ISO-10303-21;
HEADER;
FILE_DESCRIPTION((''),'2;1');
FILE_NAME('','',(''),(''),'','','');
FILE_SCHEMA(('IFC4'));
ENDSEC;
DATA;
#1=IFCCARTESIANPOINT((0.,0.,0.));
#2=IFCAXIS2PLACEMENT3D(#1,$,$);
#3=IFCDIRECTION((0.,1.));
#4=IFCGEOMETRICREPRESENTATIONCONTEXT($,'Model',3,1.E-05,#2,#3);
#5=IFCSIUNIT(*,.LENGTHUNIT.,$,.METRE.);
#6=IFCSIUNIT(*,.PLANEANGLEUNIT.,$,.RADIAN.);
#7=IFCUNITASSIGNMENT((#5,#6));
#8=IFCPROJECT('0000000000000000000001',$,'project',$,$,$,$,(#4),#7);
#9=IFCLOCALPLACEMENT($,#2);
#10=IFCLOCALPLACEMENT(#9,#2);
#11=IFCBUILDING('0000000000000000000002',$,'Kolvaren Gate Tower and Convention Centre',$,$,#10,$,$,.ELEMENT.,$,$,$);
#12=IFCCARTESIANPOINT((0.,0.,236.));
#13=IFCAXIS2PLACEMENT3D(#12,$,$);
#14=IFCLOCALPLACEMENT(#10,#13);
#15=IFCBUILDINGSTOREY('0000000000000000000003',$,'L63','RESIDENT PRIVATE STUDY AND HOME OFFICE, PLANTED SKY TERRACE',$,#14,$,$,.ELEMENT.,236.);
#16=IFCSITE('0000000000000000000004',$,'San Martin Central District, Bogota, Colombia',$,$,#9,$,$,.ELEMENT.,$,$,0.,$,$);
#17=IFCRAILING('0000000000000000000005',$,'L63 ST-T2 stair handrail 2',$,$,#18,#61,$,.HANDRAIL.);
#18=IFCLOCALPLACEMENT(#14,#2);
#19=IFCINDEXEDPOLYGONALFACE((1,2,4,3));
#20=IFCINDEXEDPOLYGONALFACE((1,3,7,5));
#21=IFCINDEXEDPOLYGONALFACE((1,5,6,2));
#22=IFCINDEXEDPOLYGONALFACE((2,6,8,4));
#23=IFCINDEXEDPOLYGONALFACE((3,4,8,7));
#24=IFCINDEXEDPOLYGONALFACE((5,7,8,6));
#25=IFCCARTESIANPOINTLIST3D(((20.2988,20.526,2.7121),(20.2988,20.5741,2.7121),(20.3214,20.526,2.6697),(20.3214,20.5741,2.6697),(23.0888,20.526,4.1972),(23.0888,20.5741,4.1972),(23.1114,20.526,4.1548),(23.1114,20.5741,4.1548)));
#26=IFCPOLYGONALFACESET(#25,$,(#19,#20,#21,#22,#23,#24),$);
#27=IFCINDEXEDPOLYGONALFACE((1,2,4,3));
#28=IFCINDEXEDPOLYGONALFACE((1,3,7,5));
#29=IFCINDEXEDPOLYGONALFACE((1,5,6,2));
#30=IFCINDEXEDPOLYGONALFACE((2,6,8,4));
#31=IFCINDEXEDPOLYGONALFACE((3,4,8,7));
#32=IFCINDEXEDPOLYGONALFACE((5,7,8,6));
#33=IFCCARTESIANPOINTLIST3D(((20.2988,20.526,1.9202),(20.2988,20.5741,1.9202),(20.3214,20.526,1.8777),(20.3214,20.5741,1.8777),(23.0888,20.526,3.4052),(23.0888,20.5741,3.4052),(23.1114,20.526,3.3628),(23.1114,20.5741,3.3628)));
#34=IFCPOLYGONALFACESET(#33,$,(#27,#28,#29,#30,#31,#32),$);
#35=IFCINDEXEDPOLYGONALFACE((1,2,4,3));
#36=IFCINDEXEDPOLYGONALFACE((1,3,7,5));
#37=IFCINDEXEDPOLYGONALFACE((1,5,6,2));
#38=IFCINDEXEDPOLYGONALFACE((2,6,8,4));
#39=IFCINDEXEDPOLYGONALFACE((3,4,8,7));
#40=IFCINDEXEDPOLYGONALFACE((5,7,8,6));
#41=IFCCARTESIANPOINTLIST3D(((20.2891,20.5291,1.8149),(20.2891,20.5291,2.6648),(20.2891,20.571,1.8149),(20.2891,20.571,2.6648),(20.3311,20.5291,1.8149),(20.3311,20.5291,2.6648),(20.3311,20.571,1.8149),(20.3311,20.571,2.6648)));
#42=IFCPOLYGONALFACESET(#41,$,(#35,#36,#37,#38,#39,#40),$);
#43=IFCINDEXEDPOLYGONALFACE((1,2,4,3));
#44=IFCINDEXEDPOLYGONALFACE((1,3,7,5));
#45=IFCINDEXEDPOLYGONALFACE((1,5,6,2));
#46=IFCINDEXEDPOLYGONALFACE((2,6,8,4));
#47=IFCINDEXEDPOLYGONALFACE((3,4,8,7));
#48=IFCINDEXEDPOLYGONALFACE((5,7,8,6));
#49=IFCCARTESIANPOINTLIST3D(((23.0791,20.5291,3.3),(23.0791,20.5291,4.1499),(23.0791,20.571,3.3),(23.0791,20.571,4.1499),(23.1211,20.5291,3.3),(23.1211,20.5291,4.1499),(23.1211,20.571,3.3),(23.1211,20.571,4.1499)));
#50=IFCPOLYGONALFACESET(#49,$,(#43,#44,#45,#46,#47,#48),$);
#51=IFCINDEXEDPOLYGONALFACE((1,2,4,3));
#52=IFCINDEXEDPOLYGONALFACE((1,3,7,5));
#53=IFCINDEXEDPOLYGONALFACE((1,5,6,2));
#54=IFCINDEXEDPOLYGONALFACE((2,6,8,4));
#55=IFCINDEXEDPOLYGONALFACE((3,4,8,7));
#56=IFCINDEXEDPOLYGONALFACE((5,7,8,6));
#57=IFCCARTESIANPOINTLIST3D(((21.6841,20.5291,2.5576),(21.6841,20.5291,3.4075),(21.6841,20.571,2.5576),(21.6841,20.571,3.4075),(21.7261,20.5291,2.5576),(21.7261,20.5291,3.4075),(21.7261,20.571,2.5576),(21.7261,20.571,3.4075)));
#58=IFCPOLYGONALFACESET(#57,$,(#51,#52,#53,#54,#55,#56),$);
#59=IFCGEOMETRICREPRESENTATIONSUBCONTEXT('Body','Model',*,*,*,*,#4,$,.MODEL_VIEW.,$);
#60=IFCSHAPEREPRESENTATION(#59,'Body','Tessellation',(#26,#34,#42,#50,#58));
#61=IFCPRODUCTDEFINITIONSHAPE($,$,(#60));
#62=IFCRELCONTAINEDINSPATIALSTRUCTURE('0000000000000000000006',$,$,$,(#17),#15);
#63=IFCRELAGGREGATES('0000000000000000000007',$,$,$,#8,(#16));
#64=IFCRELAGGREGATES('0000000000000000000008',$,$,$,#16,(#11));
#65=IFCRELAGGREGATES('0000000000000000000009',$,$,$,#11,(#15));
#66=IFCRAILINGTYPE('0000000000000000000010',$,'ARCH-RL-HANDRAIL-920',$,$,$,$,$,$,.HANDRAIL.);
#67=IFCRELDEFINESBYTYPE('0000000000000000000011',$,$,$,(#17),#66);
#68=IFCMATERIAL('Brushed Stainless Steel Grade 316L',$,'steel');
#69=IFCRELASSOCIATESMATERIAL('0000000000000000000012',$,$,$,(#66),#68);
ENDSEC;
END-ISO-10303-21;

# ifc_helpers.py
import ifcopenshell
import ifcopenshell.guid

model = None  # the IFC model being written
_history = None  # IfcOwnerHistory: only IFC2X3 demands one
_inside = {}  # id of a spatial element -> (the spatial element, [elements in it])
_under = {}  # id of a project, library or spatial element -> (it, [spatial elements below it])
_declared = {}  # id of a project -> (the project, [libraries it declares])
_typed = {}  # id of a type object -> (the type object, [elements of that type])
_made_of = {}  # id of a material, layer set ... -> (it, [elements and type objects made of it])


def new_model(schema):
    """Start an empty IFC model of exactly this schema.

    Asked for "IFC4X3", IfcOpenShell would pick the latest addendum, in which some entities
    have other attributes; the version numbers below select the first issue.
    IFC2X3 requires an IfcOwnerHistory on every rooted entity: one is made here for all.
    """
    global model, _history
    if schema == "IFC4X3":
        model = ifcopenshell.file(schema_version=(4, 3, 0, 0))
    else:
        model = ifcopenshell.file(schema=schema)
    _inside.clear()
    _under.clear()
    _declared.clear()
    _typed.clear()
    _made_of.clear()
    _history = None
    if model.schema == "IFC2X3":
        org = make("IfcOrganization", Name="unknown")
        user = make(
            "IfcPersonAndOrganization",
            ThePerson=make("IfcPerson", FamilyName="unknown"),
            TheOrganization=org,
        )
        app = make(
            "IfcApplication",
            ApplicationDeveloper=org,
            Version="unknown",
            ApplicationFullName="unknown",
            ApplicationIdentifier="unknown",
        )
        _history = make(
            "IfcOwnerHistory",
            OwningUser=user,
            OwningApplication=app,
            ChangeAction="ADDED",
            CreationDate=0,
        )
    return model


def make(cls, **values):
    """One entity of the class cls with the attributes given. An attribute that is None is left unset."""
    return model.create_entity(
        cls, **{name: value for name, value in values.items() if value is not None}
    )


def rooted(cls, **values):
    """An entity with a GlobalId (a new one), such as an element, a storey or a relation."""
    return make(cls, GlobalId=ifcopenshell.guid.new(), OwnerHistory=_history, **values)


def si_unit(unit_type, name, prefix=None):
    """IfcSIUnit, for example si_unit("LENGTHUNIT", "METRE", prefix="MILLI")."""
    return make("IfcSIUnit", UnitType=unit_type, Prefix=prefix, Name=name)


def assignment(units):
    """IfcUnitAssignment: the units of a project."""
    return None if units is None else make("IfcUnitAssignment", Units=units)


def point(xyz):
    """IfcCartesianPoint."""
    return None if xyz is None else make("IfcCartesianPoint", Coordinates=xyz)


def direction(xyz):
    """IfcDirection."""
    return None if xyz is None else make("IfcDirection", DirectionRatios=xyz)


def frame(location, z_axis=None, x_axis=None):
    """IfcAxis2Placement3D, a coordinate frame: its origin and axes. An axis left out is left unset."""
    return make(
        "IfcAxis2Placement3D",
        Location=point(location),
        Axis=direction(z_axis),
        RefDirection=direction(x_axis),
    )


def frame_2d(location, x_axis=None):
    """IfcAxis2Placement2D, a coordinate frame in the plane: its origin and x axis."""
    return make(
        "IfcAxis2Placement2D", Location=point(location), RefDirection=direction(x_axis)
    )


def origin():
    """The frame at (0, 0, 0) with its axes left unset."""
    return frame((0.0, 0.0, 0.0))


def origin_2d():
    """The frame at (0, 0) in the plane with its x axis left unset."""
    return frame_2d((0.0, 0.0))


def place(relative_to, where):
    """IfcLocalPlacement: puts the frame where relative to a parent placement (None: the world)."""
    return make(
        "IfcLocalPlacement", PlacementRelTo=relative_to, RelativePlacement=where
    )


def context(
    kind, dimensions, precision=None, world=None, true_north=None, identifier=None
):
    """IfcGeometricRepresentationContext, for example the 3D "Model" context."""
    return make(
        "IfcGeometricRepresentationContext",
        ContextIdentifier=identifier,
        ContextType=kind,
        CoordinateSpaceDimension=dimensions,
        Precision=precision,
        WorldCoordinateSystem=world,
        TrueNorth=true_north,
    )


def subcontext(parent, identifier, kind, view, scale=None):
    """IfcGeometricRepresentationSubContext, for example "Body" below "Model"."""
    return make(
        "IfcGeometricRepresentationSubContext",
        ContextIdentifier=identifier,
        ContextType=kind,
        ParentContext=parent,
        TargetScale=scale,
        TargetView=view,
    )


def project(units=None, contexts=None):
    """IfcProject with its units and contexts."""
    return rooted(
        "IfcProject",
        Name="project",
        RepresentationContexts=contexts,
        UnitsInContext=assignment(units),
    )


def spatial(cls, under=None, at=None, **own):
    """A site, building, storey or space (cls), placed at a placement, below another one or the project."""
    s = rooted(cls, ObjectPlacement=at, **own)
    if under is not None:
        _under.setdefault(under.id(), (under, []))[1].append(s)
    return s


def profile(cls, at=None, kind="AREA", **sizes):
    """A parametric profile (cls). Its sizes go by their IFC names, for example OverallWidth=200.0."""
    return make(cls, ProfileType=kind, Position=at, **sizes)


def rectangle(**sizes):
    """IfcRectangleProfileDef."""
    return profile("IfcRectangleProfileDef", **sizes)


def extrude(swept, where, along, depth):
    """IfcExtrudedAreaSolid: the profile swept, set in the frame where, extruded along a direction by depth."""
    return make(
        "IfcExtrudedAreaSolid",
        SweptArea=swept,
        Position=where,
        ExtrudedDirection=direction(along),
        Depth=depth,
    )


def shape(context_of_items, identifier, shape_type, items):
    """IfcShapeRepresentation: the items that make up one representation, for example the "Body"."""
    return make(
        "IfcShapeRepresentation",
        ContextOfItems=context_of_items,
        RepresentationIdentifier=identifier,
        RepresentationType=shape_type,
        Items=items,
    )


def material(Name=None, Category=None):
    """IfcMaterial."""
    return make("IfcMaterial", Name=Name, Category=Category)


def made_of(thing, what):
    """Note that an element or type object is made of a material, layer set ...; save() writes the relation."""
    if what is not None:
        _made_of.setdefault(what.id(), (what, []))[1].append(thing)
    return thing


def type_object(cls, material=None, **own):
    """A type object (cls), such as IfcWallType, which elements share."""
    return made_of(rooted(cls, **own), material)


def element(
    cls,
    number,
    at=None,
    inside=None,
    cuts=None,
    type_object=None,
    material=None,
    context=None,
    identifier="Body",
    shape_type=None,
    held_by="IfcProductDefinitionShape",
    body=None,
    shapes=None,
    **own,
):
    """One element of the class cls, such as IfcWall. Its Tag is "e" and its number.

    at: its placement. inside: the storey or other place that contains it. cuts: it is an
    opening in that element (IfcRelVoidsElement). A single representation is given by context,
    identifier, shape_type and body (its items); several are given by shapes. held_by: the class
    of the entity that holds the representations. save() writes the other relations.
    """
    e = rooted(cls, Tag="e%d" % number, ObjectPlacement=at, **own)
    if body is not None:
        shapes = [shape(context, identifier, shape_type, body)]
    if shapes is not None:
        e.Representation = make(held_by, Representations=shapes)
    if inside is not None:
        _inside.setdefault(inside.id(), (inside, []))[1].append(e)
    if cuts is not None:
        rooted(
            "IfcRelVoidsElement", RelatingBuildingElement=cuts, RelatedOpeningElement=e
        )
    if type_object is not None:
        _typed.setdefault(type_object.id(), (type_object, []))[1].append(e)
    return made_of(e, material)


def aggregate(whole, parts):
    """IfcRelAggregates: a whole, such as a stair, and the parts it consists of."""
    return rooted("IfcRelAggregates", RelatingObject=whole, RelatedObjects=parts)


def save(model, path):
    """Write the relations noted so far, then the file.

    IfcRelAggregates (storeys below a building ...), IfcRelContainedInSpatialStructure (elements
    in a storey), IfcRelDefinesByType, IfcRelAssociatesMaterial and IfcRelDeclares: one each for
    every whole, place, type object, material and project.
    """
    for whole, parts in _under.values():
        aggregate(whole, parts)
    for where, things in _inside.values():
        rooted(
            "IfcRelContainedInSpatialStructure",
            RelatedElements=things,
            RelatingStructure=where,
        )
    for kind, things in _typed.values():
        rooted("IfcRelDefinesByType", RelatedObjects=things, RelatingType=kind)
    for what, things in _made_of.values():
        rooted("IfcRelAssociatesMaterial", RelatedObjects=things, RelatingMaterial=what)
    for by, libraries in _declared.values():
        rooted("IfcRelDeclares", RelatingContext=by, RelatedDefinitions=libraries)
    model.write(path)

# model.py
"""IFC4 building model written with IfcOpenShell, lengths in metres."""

from ifc_helpers import new_model, si_unit, direction, frame, origin, origin_2d, place, context, subcontext, project, spatial, rectangle, extrude, material, type_object, element, save


model = new_model("IFC4")

# Units and contexts
model_context = context("Model", 3, precision=1e-05, world=origin(), true_north=direction((0.0, 1.0)))
body_context = subcontext(model_context, "Body", "Model", "MODEL_VIEW")
ifc_project = project(units=[si_unit("LENGTHUNIT", "METRE"), si_unit("PLANEANGLEUNIT", "RADIAN")], contexts=[model_context])

# Site, building, storey
site_placement = place(None, origin())
site = spatial("IfcSite", under=ifc_project, at=site_placement, Name="San Martin Central District, Bogota, Colombia", CompositionType="ELEMENT", RefElevation=0.0)
building_placement = place(site_placement, origin())
building = spatial("IfcBuilding", under=site, at=building_placement, Name="Kolvaren Gate Tower and Convention Centre", CompositionType="ELEMENT")
storey_placement = place(building_placement, frame((0.0, 0.0, 236.0)))
storey = spatial("IfcBuildingStorey", under=building, at=storey_placement, Name="L63", Description="RESIDENT PRIVATE STUDY AND HOME OFFICE, PLANTED SKY TERRACE", CompositionType="ELEMENT", Elevation=236.0)

# Shared definitions
ifc_material_1 = material(Name="Brushed Stainless Steel Grade 316L", Category="steel")

# Railing
railing_type_1 = type_object("IfcRailingType", Name="ARCH-RL-HANDRAIL-920", PredefinedType="HANDRAIL", material=ifc_material_1)
railing_1_placement = place(storey_placement, frame((20.3101, 20.55, 1.8149)))
element("IfcRailing", 1, at=railing_1_placement, inside=storey, type_object=railing_type_1, Name="L63 ST-T2 stair handrail 2", PredefinedType="HANDRAIL", context=body_context, shape_type="SweptSolid", body=[
    extrude(rectangle(XDim=0.0481, YDim=0.0481, at=origin_2d()), frame((0.0, 0.0, 0.876), z_axis=(0.882735, 0.0, 0.46987), x_axis=(0.0, 1.0, 0.0)), (0.0, 0.0, 1.0), 3.1606),
    extrude(rectangle(XDim=0.0481, YDim=0.0481, at=origin_2d()), frame((0.0, 0.0, 0.084), z_axis=(0.882735, 0.0, 0.46987), x_axis=(0.0, 1.0, 0.0)), (0.0, 0.0, 1.0), 3.1606),
    extrude(rectangle(XDim=0.042, YDim=0.042, at=origin_2d()), origin(), (0.0, 0.0, 1.0), 0.8499),
    extrude(rectangle(XDim=0.042, YDim=0.042, at=origin_2d()), frame((2.79, 0.0, 1.4851)), (0.0, 0.0, 1.0), 0.8499),
    extrude(rectangle(XDim=0.042, YDim=0.042, at=origin_2d()), frame((1.395, 0.0, 0.7427)), (0.0, 0.0, 1.0), 0.8499),
])

save(model, "model.ifc")
